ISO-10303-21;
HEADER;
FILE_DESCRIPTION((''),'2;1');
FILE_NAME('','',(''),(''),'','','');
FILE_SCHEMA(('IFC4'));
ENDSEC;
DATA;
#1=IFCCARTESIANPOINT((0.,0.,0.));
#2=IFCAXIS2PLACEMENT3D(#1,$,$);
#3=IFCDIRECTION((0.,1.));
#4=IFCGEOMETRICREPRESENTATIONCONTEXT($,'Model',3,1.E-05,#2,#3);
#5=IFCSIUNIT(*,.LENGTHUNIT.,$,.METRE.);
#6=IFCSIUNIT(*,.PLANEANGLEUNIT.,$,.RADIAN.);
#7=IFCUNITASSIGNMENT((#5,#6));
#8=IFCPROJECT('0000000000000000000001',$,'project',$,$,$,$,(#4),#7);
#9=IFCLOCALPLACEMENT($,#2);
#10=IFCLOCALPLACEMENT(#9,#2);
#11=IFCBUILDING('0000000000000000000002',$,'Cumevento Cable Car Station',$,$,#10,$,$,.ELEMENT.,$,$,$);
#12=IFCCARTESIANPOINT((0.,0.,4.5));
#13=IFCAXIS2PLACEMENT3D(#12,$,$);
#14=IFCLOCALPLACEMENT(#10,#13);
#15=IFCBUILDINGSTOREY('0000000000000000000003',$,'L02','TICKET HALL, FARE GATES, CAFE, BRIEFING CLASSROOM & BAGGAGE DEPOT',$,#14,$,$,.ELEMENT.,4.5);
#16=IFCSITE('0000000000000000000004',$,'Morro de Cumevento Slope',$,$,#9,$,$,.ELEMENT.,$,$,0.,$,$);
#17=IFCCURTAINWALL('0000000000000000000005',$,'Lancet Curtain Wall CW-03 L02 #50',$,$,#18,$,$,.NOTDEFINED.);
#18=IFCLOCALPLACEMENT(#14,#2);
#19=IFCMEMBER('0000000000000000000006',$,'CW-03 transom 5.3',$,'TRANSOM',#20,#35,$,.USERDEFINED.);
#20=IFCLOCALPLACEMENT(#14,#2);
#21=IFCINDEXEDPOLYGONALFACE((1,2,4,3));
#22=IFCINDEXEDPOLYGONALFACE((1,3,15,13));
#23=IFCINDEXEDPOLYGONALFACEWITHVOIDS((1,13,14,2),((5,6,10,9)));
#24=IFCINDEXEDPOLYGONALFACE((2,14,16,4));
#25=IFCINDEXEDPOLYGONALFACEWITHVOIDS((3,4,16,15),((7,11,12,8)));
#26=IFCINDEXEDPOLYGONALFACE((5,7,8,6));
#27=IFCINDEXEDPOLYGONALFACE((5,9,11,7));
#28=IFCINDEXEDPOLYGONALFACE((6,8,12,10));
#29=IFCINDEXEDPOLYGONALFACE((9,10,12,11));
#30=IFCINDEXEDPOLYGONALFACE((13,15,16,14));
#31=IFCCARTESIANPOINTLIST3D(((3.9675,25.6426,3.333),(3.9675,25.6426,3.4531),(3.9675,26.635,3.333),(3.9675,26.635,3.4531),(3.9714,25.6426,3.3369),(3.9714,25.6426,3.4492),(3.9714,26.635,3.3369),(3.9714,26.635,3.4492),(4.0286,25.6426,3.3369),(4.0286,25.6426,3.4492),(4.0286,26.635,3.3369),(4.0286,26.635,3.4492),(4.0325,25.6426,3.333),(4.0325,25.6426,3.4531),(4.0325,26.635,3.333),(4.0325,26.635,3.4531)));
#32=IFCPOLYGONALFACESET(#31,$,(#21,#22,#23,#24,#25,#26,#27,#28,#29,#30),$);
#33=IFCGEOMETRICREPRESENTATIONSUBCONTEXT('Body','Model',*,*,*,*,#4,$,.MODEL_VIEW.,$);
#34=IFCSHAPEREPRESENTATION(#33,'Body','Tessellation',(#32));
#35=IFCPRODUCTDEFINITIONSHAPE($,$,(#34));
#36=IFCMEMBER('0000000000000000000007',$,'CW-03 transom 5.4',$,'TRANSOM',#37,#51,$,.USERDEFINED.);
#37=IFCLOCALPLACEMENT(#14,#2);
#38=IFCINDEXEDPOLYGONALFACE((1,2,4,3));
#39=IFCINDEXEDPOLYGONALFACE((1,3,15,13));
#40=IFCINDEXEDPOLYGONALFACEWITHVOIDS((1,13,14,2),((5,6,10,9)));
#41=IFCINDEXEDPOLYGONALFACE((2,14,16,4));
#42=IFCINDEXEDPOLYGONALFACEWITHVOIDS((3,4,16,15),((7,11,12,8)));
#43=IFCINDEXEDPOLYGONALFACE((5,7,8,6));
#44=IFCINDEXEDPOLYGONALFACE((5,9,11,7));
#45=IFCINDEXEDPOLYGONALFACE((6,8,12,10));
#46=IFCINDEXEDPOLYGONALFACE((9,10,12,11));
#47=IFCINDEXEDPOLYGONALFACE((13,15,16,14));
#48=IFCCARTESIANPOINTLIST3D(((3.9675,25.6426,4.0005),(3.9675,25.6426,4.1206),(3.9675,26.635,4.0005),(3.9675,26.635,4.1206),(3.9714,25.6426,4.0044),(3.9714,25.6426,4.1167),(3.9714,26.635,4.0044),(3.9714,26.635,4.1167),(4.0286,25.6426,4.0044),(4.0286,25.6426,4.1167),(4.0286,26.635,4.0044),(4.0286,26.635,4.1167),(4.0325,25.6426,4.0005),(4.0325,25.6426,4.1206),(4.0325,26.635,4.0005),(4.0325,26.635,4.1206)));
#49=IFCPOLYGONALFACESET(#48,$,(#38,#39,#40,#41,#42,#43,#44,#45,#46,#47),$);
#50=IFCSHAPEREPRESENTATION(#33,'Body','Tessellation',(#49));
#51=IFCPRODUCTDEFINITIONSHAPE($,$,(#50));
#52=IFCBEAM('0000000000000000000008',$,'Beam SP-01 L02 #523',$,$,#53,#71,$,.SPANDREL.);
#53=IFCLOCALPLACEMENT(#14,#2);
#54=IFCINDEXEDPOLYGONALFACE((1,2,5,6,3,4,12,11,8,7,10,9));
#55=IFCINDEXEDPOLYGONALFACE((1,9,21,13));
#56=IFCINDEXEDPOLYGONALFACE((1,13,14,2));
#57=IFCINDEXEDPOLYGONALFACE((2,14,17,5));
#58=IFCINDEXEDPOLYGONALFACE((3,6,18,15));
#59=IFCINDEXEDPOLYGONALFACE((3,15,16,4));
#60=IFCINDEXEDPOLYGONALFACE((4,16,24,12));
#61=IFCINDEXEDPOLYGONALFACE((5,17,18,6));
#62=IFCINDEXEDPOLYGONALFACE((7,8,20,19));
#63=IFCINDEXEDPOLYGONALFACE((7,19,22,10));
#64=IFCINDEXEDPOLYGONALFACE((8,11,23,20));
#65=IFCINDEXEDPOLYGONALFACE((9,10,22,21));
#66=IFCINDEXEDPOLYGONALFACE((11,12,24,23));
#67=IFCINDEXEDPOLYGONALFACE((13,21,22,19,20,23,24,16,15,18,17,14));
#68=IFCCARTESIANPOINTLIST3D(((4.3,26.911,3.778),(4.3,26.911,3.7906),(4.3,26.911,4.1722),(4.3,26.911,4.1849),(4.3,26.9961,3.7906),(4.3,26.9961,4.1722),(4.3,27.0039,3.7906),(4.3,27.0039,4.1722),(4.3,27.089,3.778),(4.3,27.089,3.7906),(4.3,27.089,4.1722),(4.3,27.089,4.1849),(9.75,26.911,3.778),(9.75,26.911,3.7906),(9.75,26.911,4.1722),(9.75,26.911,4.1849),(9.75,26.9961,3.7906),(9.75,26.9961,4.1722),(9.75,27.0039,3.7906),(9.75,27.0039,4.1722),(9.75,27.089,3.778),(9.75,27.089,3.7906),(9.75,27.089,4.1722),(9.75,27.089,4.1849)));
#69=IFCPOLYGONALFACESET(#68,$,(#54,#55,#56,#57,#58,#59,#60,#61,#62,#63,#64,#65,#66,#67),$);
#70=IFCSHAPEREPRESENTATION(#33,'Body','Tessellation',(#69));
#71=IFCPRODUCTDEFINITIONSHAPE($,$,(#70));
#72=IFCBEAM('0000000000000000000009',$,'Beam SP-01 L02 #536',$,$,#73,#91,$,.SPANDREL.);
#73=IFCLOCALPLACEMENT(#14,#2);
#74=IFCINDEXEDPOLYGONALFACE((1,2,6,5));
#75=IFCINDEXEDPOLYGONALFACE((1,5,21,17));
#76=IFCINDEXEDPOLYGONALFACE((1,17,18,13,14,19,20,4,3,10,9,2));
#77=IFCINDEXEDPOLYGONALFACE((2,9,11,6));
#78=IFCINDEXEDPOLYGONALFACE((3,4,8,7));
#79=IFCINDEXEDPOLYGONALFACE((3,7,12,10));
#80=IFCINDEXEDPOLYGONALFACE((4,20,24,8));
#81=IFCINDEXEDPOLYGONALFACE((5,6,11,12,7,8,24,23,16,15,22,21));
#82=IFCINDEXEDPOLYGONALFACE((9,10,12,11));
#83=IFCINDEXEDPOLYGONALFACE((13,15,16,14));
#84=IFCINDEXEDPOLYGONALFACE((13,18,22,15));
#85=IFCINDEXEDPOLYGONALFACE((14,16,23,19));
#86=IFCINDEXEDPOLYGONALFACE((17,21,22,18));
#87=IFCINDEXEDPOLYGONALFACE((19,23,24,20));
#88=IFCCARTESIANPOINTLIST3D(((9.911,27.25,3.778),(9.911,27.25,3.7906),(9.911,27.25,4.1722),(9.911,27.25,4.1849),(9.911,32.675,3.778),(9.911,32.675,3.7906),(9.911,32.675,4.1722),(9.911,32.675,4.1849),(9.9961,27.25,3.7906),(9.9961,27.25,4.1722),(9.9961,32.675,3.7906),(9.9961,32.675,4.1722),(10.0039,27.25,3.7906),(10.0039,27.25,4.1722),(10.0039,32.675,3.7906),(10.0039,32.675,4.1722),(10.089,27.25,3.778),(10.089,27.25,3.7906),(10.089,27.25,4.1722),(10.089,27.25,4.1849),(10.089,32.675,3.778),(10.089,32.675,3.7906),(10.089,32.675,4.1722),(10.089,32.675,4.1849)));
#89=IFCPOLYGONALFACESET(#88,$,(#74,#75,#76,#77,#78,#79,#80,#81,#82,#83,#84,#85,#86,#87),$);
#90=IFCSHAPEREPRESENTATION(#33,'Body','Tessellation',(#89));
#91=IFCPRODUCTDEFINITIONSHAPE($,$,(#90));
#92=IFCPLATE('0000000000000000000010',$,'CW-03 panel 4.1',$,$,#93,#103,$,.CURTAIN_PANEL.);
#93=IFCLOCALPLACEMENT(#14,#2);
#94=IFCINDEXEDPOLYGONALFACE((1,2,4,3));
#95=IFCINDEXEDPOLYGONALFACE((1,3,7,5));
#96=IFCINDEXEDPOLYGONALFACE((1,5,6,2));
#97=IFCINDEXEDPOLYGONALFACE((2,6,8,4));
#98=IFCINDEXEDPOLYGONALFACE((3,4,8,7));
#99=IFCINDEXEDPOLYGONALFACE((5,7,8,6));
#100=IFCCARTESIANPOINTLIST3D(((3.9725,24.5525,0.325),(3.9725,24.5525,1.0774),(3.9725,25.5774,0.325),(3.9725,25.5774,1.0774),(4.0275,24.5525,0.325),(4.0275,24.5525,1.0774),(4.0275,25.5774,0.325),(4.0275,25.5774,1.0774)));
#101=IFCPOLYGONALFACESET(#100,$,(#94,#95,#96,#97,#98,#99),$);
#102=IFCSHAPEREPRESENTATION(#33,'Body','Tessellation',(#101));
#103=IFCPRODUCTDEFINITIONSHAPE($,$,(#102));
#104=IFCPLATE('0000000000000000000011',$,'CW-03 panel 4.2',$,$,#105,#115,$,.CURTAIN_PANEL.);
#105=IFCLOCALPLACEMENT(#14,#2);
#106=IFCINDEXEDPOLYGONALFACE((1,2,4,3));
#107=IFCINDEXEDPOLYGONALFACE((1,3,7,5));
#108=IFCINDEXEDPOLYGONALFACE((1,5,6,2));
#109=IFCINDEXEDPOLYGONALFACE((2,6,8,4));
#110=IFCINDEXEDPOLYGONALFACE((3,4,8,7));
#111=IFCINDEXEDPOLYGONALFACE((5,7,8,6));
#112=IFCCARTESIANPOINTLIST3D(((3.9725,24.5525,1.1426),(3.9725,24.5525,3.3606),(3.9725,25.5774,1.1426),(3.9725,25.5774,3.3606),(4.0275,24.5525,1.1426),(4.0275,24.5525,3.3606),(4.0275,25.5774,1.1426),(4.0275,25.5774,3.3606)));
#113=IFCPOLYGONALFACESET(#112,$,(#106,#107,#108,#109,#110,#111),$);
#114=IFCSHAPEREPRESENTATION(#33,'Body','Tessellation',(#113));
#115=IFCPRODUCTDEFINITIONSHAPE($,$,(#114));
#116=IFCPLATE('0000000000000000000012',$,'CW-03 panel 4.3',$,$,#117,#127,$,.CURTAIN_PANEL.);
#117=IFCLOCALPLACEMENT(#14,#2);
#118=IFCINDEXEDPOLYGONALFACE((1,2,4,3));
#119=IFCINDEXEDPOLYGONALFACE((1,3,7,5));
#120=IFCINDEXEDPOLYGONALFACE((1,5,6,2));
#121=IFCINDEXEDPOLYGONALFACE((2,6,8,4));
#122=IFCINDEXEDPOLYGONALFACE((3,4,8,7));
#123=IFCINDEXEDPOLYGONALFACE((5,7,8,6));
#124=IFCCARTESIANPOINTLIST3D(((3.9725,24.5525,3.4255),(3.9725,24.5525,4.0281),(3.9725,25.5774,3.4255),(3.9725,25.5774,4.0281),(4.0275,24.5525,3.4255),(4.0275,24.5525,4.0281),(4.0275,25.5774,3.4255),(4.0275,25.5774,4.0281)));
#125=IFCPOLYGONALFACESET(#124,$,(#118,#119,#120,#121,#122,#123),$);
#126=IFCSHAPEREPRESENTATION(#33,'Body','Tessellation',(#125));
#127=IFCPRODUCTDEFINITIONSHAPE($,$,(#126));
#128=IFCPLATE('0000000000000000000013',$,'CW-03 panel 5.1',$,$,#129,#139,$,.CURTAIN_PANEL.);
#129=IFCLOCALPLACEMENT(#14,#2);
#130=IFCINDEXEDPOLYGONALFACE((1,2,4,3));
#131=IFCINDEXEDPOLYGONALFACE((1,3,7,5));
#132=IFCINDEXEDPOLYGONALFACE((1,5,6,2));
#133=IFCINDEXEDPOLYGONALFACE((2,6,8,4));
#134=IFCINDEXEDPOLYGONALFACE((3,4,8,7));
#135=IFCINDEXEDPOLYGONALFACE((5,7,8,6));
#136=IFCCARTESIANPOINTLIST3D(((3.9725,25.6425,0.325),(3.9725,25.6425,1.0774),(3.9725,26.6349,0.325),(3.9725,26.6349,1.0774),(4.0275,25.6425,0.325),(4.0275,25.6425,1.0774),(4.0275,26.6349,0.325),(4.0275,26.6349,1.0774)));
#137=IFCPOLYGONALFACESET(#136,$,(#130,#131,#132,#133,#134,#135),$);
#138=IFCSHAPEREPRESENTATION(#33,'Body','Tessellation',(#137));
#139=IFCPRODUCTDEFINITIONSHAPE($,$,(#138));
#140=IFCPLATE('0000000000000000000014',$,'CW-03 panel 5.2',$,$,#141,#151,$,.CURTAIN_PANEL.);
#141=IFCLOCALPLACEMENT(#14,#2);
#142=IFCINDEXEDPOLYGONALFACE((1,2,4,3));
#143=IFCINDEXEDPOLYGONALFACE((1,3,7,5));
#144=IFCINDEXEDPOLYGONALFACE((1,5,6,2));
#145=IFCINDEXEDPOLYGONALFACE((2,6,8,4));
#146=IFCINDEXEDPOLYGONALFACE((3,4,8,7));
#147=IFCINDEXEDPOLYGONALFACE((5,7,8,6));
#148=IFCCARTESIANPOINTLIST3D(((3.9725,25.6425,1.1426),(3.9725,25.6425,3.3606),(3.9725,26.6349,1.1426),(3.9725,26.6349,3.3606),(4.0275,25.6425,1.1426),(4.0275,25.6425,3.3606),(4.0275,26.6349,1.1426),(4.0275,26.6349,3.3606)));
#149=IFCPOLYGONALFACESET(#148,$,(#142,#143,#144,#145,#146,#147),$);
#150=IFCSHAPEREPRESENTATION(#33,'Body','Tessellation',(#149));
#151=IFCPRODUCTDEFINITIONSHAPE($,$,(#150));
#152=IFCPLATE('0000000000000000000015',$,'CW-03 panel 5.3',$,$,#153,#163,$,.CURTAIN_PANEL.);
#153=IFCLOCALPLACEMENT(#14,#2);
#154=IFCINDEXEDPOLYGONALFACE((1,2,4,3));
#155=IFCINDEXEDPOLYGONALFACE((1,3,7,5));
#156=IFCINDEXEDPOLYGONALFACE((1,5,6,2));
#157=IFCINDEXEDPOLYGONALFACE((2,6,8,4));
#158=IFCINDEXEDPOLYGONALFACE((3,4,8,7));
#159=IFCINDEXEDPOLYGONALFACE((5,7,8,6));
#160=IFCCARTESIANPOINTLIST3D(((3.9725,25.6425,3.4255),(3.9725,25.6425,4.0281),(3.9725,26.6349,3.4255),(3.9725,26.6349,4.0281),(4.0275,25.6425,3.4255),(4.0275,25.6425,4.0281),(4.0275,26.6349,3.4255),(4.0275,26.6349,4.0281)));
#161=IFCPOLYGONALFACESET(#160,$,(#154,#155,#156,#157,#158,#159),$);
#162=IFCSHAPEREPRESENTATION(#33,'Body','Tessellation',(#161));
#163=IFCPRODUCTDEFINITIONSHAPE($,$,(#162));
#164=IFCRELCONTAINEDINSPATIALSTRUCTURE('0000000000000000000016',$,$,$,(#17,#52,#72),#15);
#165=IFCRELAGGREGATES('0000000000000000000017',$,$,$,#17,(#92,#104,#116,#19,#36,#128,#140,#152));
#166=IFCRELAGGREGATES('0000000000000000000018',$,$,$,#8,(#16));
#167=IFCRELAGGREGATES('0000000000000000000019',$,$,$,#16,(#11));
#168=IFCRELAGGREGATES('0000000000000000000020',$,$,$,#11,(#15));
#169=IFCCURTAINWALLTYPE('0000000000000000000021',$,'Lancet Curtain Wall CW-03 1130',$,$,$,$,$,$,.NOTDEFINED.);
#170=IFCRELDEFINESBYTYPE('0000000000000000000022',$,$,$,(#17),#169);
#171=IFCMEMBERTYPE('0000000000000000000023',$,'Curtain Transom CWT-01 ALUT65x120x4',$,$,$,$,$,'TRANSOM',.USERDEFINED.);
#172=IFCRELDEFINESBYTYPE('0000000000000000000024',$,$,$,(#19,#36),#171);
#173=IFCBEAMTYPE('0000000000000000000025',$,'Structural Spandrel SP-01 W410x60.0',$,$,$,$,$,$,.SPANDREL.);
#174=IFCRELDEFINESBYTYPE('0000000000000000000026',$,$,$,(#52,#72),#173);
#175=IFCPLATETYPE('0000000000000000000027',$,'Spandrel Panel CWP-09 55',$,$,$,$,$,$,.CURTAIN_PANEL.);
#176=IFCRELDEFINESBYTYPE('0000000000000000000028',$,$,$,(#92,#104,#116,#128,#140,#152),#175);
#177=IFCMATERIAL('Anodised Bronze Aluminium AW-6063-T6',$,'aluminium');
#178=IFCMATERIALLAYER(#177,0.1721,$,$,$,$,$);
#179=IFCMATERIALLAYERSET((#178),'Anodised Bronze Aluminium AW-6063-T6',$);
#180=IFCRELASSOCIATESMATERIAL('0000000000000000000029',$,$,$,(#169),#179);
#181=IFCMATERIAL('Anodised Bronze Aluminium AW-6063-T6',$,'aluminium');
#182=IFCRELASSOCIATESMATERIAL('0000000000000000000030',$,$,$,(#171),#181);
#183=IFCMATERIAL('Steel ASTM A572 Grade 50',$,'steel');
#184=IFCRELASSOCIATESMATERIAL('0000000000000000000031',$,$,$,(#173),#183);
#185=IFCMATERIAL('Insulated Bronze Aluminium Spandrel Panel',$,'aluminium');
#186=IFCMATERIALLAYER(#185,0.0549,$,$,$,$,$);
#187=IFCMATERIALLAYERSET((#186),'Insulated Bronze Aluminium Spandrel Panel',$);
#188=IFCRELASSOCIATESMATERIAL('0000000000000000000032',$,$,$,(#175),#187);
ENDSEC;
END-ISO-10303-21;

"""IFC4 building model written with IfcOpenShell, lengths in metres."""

from ifc_helpers import new_model, si_unit, direction, frame, origin, origin_2d, place, context, subcontext, project, spatial, rectangle, hollow_rectangle, i_section, extrude, material, layer, layer_set, material_profile, profile_set, type_object, element, aggregate, save


model = new_model("IFC4")

# Units and contexts
model_context = context("Model", 3, precision=1e-05, world=origin(), true_north=direction((0.0, 1.0)))
body_context = subcontext(model_context, "Body", "Model", "MODEL_VIEW")
ifc_project = project(units=[si_unit("LENGTHUNIT", "METRE"), si_unit("PLANEANGLEUNIT", "RADIAN")], contexts=[model_context])

# Site, building, storey
site_placement = place(None, origin())
site = spatial("IfcSite", under=ifc_project, at=site_placement, Name="Morro de Cumevento Slope", CompositionType="ELEMENT", RefElevation=0.0)
building_placement = place(site_placement, origin())
building = spatial("IfcBuilding", under=site, at=building_placement, Name="Cumevento Cable Car Station", CompositionType="ELEMENT")
storey_placement = place(building_placement, frame((0.0, 0.0, 4.5)))
storey = spatial("IfcBuildingStorey", under=building, at=storey_placement, Name="L02", Description="TICKET HALL, FARE GATES, CAFE, BRIEFING CLASSROOM & BAGGAGE DEPOT", CompositionType="ELEMENT", Elevation=4.5)

# Curtain wall, members
ifc_material_1 = material(Name="Anodised Bronze Aluminium AW-6063-T6", Category="aluminium")
ifc_layer_1 = layer(ifc_material_1, 0.1721)
ifc_layer_set_1 = layer_set([ifc_layer_1], Name="Anodised Bronze Aluminium AW-6063-T6")
curtain_wall_type = type_object("IfcCurtainWallType", Name="Lancet Curtain Wall CW-03 1130", PredefinedType="NOTDEFINED", material=ifc_layer_set_1)
curtain_wall_placement = place(storey_placement, origin())
curtain_wall = element("IfcCurtainWall", 1, at=curtain_wall_placement, inside=storey, type_object=curtain_wall_type, Name="Lancet Curtain Wall CW-03 L02 #50", PredefinedType="NOTDEFINED")
ifc_material_2 = material(Name="Anodised Bronze Aluminium AW-6063-T6", Category="aluminium")
ifc_material_profile_1 = material_profile(ifc_material_2, hollow_rectangle(XDim=0.0649, YDim=0.1201, WallThickness=0.0039, at=origin_2d()), Name="ALUT65x120x4")
ifc_profile_set_1 = profile_set([ifc_material_profile_1], Name="Anodised Bronze Aluminium AW-6063-T6")
member_type_1 = type_object("IfcMemberType", Name="Curtain Transom CWT-01 ALUT65x120x4", ElementType="TRANSOM", PredefinedType="USERDEFINED", material=ifc_profile_set_1)
member_1_placement = place(storey_placement, frame((4.0, 25.6426, 3.3931), z_axis=(0.0, 1.0, 0.0), x_axis=(-1.0, 0.0, 0.0)))
member_1 = element("IfcMember", 2, at=member_1_placement, type_object=member_type_1, Name="CW-03 transom 5.3", ObjectType="TRANSOM", PredefinedType="USERDEFINED", context=body_context, shape_type="SweptSolid", body=[
    extrude(hollow_rectangle(XDim=0.0649, YDim=0.1201, WallThickness=0.0039, at=origin_2d()), origin(), (0.0, 0.0, 1.0), 0.9924),
])
member_2_placement = place(storey_placement, frame((4.0, 25.6426, 4.0605), z_axis=(0.0, 1.0, 0.0), x_axis=(-1.0, 0.0, 0.0)))
member_2 = element("IfcMember", 3, at=member_2_placement, type_object=member_type_1, Name="CW-03 transom 5.4", ObjectType="TRANSOM", PredefinedType="USERDEFINED", context=body_context, shape_type="SweptSolid", body=[
    extrude(hollow_rectangle(XDim=0.0649, YDim=0.1201, WallThickness=0.0039, at=origin_2d()), origin(), (0.0, 0.0, 1.0), 0.9924),
])

# Beams
ifc_material_3 = material(Name="Steel ASTM A572 Grade 50", Category="steel")
ifc_material_profile_2 = material_profile(ifc_material_3, i_section(OverallWidth=0.178, OverallDepth=0.407, WebThickness=0.0078, FlangeThickness=0.0127, at=origin_2d()), Name="W410x60.0")
ifc_profile_set_2 = profile_set([ifc_material_profile_2], Name="Steel ASTM A572 Grade 50")
beam_type = type_object("IfcBeamType", Name="Structural Spandrel SP-01 W410x60.0", PredefinedType="SPANDREL", material=ifc_profile_set_2)
beam_1_placement = place(storey_placement, frame((4.3, 27.0, 3.9814), z_axis=(1.0, 0.0, 0.0), x_axis=(0.0, 1.0, 0.0)))
element("IfcBeam", 4, at=beam_1_placement, inside=storey, type_object=beam_type, Name="Beam SP-01 L02 #523", PredefinedType="SPANDREL", context=body_context, shape_type="SweptSolid", body=[
    extrude(i_section(OverallWidth=0.178, OverallDepth=0.407, WebThickness=0.0078, FlangeThickness=0.0127, at=origin_2d()), origin(), (0.0, 0.0, 1.0), 5.45),
])
beam_2_placement = place(storey_placement, frame((10.0, 27.25, 3.9814), z_axis=(0.0, 1.0, 0.0), x_axis=(-1.0, 0.0, 0.0)))
element("IfcBeam", 5, at=beam_2_placement, inside=storey, type_object=beam_type, Name="Beam SP-01 L02 #536", PredefinedType="SPANDREL", context=body_context, shape_type="SweptSolid", body=[
    extrude(i_section(OverallWidth=0.178, OverallDepth=0.407, WebThickness=0.0078, FlangeThickness=0.0127, at=origin_2d()), origin(), (0.0, 0.0, 1.0), 5.425),
])

# Plates
ifc_material_4 = material(Name="Insulated Bronze Aluminium Spandrel Panel", Category="aluminium")
ifc_layer_2 = layer(ifc_material_4, 0.0549)
ifc_layer_set_2 = layer_set([ifc_layer_2], Name="Insulated Bronze Aluminium Spandrel Panel")
plate_type = type_object("IfcPlateType", Name="Spandrel Panel CWP-09 55", PredefinedType="CURTAIN_PANEL", material=ifc_layer_set_2)
plate_1_placement = place(storey_placement, frame((4.0, 25.0649, 0.325), z_axis=(0.0, 0.0, 1.0), x_axis=(0.0, 1.0, 0.0)))
plate_1 = element("IfcPlate", 6, at=plate_1_placement, type_object=plate_type, Name="CW-03 panel 4.1", PredefinedType="CURTAIN_PANEL", context=body_context, shape_type="SweptSolid", body=[
    extrude(rectangle(XDim=1.0249, YDim=0.0549, at=origin_2d()), origin(), (0.0, 0.0, 1.0), 0.7524),
])
plate_2_placement = place(storey_placement, frame((4.0, 25.0649, 1.1426), z_axis=(0.0, 0.0, 1.0), x_axis=(0.0, 1.0, 0.0)))
plate_2 = element("IfcPlate", 7, at=plate_2_placement, type_object=plate_type, Name="CW-03 panel 4.2", PredefinedType="CURTAIN_PANEL", context=body_context, shape_type="SweptSolid", body=[
    extrude(rectangle(XDim=1.0249, YDim=0.0549, at=origin_2d()), origin(), (0.0, 0.0, 1.0), 2.218),
])
plate_3_placement = place(storey_placement, frame((4.0, 25.0649, 3.4255), z_axis=(0.0, 0.0, 1.0), x_axis=(0.0, 1.0, 0.0)))
plate_3 = element("IfcPlate", 8, at=plate_3_placement, type_object=plate_type, Name="CW-03 panel 4.3", PredefinedType="CURTAIN_PANEL", context=body_context, shape_type="SweptSolid", body=[
    extrude(rectangle(XDim=1.0249, YDim=0.0549, at=origin_2d()), origin(), (0.0, 0.0, 1.0), 0.6025),
])
plate_4_placement = place(storey_placement, frame((4.0, 26.1387, 0.325), z_axis=(0.0, 0.0, 1.0), x_axis=(0.0, 1.0, 0.0)))
plate_4 = element("IfcPlate", 9, at=plate_4_placement, type_object=plate_type, Name="CW-03 panel 5.1", PredefinedType="CURTAIN_PANEL", context=body_context, shape_type="SweptSolid", body=[
    extrude(rectangle(XDim=0.9924, YDim=0.0549, at=origin_2d()), origin(), (0.0, 0.0, 1.0), 0.7524),
])
plate_5_placement = place(storey_placement, frame((4.0, 26.1387, 1.1426), z_axis=(0.0, 0.0, 1.0), x_axis=(0.0, 1.0, 0.0)))
plate_5 = element("IfcPlate", 10, at=plate_5_placement, type_object=plate_type, Name="CW-03 panel 5.2", PredefinedType="CURTAIN_PANEL", context=body_context, shape_type="SweptSolid", body=[
    extrude(rectangle(XDim=0.9924, YDim=0.0549, at=origin_2d()), origin(), (0.0, 0.0, 1.0), 2.218),
])
plate_6_placement = place(storey_placement, frame((4.0, 26.1387, 3.4255), z_axis=(0.0, 0.0, 1.0), x_axis=(0.0, 1.0, 0.0)))
plate_6 = element("IfcPlate", 11, at=plate_6_placement, type_object=plate_type, Name="CW-03 panel 5.3", PredefinedType="CURTAIN_PANEL", context=body_context, shape_type="SweptSolid", body=[
    extrude(rectangle(XDim=0.9924, YDim=0.0549, at=origin_2d()), origin(), (0.0, 0.0, 1.0), 0.6025),
])
aggregate(curtain_wall, [plate_1, plate_2, plate_3, member_1, member_2, plate_4, plate_5, plate_6])

save(model, "model.ifc")
